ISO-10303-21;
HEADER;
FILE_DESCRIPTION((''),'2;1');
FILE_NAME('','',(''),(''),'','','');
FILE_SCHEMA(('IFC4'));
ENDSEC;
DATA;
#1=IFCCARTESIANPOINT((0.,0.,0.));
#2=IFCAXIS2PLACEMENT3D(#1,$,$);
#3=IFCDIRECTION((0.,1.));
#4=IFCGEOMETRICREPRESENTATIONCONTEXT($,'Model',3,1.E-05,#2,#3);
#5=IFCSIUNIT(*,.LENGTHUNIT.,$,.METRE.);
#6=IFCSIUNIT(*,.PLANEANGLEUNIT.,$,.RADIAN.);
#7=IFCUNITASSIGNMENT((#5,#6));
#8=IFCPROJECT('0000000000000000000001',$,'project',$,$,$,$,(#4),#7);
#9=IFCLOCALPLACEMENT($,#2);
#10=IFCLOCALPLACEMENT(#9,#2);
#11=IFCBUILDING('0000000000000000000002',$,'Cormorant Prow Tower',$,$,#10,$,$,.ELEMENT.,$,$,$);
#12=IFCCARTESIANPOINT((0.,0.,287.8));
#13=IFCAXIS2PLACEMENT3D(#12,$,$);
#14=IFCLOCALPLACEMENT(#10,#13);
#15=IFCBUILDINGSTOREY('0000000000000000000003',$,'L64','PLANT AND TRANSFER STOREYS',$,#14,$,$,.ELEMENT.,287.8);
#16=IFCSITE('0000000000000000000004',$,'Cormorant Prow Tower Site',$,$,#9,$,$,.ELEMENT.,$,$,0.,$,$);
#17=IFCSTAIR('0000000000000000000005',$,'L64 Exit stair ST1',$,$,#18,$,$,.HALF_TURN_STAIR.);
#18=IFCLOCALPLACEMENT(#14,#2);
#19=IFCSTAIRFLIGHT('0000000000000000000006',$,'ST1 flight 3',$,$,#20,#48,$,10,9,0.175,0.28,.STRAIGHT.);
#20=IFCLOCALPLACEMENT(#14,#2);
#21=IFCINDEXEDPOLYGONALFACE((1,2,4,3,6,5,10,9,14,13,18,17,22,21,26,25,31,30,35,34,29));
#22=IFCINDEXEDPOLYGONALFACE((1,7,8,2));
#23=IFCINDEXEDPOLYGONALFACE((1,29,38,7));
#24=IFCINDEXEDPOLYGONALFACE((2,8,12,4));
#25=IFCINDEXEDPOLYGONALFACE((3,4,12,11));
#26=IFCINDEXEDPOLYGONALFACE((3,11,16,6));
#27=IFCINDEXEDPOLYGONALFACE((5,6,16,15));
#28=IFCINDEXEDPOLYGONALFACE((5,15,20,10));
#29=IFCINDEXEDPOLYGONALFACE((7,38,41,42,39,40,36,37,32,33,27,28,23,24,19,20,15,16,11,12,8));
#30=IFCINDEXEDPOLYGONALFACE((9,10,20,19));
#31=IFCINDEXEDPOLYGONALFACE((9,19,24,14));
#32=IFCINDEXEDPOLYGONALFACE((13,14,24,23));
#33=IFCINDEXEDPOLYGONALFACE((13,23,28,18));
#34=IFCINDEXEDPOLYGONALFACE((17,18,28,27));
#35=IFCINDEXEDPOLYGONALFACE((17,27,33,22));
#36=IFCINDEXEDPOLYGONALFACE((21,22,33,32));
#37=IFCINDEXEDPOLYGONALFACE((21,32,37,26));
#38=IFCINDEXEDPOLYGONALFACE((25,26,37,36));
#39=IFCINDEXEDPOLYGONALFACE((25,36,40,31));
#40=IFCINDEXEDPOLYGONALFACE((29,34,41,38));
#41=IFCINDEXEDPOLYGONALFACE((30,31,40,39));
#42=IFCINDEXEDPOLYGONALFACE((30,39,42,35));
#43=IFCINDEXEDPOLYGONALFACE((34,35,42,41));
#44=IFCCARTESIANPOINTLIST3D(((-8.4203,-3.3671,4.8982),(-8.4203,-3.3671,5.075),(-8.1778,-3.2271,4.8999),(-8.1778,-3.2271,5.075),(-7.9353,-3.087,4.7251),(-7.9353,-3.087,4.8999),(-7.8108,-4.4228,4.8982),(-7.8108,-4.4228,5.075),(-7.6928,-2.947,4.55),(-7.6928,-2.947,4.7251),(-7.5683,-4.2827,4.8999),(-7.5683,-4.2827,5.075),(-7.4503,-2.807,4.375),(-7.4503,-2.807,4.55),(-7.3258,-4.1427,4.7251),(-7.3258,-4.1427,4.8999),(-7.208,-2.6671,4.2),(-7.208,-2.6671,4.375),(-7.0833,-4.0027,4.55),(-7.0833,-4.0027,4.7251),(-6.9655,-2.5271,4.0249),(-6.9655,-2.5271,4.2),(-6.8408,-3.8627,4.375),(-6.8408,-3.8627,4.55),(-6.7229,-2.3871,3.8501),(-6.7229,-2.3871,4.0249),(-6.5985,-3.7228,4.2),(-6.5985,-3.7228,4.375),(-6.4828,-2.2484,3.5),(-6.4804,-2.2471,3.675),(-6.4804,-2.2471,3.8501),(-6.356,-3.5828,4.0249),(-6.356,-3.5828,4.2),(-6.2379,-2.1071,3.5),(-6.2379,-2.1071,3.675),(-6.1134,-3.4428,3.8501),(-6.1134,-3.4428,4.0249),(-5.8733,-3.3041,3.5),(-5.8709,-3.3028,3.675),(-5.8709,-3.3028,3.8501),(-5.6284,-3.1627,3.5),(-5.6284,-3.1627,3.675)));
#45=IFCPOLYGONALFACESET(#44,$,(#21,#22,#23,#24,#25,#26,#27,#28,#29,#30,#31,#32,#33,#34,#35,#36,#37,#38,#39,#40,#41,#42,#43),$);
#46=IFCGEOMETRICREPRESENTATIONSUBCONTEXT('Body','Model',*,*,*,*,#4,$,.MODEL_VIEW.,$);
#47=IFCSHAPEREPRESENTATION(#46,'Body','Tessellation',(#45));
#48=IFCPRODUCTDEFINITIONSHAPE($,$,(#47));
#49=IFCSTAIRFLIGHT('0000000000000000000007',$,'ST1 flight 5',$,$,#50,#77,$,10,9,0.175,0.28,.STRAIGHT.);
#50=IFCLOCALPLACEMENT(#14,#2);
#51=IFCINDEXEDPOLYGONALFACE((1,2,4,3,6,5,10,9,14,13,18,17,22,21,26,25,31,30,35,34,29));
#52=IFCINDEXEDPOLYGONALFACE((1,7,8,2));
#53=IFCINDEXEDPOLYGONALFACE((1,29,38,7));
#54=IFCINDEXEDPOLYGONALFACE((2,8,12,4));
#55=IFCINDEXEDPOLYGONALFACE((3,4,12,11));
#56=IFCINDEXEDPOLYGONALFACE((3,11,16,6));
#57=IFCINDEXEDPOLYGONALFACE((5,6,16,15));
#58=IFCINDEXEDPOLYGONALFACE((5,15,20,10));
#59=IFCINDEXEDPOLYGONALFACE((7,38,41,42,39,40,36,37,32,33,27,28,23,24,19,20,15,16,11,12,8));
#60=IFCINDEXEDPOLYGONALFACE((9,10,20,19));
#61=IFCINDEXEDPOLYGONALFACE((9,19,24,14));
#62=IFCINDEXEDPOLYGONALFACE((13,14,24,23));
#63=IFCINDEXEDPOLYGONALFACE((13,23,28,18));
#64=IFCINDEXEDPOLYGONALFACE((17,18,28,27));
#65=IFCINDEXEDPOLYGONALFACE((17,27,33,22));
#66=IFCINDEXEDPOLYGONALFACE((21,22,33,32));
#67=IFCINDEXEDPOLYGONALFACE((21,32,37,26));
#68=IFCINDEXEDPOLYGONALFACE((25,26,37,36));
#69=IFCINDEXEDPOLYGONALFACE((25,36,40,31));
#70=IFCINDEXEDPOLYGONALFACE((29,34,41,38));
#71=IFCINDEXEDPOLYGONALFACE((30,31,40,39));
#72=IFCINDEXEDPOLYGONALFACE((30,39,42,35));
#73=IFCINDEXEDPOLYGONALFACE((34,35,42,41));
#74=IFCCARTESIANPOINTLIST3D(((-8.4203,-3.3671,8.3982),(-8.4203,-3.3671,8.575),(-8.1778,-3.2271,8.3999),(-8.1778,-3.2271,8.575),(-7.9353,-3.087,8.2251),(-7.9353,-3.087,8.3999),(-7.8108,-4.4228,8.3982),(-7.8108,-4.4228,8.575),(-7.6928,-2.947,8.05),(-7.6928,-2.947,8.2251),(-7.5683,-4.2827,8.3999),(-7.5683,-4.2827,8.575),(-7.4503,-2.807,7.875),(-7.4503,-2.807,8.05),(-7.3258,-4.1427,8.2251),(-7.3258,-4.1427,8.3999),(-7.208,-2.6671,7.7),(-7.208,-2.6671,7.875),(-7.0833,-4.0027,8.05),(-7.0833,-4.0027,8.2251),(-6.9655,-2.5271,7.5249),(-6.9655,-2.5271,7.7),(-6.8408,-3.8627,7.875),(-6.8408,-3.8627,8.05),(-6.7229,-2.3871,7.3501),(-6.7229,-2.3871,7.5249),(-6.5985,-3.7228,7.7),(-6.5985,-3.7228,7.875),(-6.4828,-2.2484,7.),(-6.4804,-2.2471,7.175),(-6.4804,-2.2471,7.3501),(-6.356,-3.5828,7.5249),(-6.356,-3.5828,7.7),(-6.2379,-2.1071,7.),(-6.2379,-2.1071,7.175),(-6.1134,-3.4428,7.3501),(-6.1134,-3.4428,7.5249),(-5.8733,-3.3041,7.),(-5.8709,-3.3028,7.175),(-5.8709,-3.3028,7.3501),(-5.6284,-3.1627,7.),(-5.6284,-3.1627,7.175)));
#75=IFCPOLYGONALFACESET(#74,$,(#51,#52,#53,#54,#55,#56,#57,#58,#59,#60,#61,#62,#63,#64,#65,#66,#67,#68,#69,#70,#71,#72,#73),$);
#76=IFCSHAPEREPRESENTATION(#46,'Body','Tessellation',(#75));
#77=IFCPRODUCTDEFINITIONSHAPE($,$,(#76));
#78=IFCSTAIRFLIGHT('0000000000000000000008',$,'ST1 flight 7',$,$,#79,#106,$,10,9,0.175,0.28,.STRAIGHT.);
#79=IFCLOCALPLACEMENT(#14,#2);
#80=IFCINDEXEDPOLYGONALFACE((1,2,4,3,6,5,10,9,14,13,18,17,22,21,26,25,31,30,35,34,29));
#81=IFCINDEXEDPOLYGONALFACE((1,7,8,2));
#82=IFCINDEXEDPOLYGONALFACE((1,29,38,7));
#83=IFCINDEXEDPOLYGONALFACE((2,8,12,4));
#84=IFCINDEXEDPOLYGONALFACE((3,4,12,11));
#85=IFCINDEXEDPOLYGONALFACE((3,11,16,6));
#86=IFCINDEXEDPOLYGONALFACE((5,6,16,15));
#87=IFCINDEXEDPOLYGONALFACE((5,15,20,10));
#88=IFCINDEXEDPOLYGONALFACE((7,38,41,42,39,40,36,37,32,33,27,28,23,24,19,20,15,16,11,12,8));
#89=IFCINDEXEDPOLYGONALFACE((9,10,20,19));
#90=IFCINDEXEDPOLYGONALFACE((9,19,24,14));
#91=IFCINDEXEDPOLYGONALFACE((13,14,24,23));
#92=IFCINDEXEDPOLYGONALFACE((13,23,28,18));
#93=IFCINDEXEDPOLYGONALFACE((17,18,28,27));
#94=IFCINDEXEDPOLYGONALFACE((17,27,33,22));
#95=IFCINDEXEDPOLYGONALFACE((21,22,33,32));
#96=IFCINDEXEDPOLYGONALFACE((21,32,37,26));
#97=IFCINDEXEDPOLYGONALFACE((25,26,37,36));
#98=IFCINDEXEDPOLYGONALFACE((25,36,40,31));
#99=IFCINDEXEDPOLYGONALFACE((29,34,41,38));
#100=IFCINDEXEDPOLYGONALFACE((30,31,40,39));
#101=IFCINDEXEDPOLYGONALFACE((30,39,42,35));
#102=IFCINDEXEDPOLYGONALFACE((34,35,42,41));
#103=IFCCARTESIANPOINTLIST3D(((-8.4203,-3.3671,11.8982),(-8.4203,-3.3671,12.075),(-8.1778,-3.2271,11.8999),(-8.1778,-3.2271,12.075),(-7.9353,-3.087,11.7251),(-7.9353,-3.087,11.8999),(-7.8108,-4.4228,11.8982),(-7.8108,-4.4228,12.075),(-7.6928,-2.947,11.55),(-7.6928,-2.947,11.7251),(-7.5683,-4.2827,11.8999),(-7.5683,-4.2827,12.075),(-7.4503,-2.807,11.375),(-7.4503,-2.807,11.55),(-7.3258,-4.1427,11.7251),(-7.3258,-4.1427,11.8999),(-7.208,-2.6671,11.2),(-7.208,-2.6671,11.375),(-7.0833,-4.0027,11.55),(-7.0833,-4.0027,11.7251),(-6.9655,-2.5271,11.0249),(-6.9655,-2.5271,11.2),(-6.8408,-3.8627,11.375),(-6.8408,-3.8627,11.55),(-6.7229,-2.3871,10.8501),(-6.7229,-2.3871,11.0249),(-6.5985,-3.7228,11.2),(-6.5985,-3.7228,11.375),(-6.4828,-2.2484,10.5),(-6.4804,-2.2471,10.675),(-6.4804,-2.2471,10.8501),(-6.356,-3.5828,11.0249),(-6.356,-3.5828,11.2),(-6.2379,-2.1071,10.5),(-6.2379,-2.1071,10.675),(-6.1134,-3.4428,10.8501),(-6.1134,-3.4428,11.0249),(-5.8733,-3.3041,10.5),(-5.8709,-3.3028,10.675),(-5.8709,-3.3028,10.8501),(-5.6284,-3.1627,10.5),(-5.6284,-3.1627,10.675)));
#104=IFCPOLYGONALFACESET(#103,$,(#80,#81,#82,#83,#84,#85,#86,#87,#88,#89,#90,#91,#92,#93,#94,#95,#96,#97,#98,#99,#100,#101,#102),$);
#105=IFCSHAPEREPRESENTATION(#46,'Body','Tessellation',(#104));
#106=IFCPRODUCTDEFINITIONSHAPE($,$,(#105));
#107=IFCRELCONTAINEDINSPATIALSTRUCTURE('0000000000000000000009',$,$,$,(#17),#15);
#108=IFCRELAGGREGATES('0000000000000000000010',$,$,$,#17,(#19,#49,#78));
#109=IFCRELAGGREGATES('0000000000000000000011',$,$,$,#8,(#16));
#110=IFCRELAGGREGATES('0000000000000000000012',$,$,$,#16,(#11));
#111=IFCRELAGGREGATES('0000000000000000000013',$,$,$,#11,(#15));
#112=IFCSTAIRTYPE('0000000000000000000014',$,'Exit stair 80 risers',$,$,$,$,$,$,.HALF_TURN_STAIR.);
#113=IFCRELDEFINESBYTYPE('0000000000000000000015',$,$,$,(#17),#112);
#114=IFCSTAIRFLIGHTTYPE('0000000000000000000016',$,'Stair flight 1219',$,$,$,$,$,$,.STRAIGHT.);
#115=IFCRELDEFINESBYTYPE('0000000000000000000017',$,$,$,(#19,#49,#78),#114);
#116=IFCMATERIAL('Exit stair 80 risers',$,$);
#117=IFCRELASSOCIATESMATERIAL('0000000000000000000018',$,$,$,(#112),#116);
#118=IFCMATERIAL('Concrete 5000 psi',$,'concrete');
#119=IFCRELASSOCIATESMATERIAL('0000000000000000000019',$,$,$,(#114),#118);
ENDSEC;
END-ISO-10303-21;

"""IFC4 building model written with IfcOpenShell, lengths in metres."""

from ifc_helpers import new_model, si_unit, direction, frame, origin, place, context, subcontext, project, spatial, polyline, outline, extrude, material, type_object, element, aggregate, save


model = new_model("IFC4")

# Units and contexts
model_context = context("Model", 3, precision=1e-05, world=origin(), true_north=direction((0.0, 1.0)))
body_context = subcontext(model_context, "Body", "Model", "MODEL_VIEW")
ifc_project = project(units=[si_unit("LENGTHUNIT", "METRE"), si_unit("PLANEANGLEUNIT", "RADIAN")], contexts=[model_context])

# Site, building, storey
site_placement = place(None, origin())
site = spatial("IfcSite", under=ifc_project, at=site_placement, Name="Cormorant Prow Tower Site", CompositionType="ELEMENT", RefElevation=0.0)
building_placement = place(site_placement, origin())
building = spatial("IfcBuilding", under=site, at=building_placement, Name="Cormorant Prow Tower", CompositionType="ELEMENT")
storey_placement = place(building_placement, frame((0.0, 0.0, 287.8)))
storey = spatial("IfcBuildingStorey", under=building, at=storey_placement, Name="L64", Description="PLANT AND TRANSFER STOREYS", CompositionType="ELEMENT", Elevation=287.8)

# Stair, stair flights
ifc_material_1 = material(Name="Exit stair 80 risers")
stair_type = type_object("IfcStairType", Name="Exit stair 80 risers", PredefinedType="HALF_TURN_STAIR", material=ifc_material_1)
stair_placement = place(storey_placement, origin())
stair = element("IfcStair", 1, at=stair_placement, inside=storey, type_object=stair_type, Name="L64 Exit stair ST1", PredefinedType="HALF_TURN_STAIR")
ifc_material_2 = material(Name="Concrete 5000 psi", Category="concrete")
stair_flight_type = type_object("IfcStairFlightType", Name="Stair flight 1219", PredefinedType="STRAIGHT", material=ifc_material_2)
stair_flight_1_placement = place(storey_placement, frame((-5.9331, -2.635, 3.5), z_axis=(0.0, 0.0, 1.0), x_axis=(-0.866025, -0.5, 0.0)))
stair_flight_1 = element("IfcStairFlight", 2, at=stair_flight_1_placement, type_object=stair_flight_type, Name="ST1 flight 3", NumberOfRisers=10, NumberOfTreads=9, PredefinedType="STRAIGHT", RiserHeight=0.175, TreadLength=0.28, context=body_context, shape_type="SweptSolid", body=[
    extrude(outline(polyline([(0.0, 0.0), (0.0, 0.175), (0.28, 0.175), (0.28, 0.3501), (0.5601, 0.3501), (0.5601, 0.5249), (0.8401, 0.5249), (0.8401, 0.7), (1.1201, 0.7), (1.1201, 0.875), (1.3999, 0.875), (1.3999, 1.05), (1.6799, 1.05), (1.6799, 1.2251), (1.96, 1.2251), (1.96, 1.3999), (2.24, 1.3999), (2.24, 1.575), (2.52, 1.575), (2.52, 1.75), (2.52, 1.3982), (0.2827, 0.0), (0.0, 0.0)])), frame((0.0, 0.6094, 0.0), z_axis=(0.0, -1.0, 0.0), x_axis=(1.0, 0.0, 0.0)), (0.0, 0.0, 1.0), 1.219),
])
stair_flight_2_placement = place(storey_placement, frame((-5.9331, -2.635, 7.0), z_axis=(0.0, 0.0, 1.0), x_axis=(-0.866025, -0.5, 0.0)))
stair_flight_2 = element("IfcStairFlight", 3, at=stair_flight_2_placement, type_object=stair_flight_type, Name="ST1 flight 5", NumberOfRisers=10, NumberOfTreads=9, PredefinedType="STRAIGHT", RiserHeight=0.175, TreadLength=0.28, context=body_context, shape_type="SweptSolid", body=[
    extrude(outline(polyline([(0.0, 0.0), (0.0, 0.175), (0.28, 0.175), (0.28, 0.3501), (0.5601, 0.3501), (0.5601, 0.5249), (0.8401, 0.5249), (0.8401, 0.7), (1.1201, 0.7), (1.1201, 0.875), (1.3999, 0.875), (1.3999, 1.05), (1.6799, 1.05), (1.6799, 1.2251), (1.96, 1.2251), (1.96, 1.3999), (2.24, 1.3999), (2.24, 1.575), (2.52, 1.575), (2.52, 1.75), (2.52, 1.3982), (0.2827, 0.0), (0.0, 0.0)])), frame((0.0, 0.6094, 0.0), z_axis=(0.0, -1.0, 0.0), x_axis=(1.0, 0.0, 0.0)), (0.0, 0.0, 1.0), 1.219),
])
stair_flight_3_placement = place(storey_placement, frame((-5.9331, -2.635, 10.5), z_axis=(0.0, 0.0, 1.0), x_axis=(-0.866025, -0.5, 0.0)))
stair_flight_3 = element("IfcStairFlight", 4, at=stair_flight_3_placement, type_object=stair_flight_type, Name="ST1 flight 7", NumberOfRisers=10, NumberOfTreads=9, PredefinedType="STRAIGHT", RiserHeight=0.175, TreadLength=0.28, context=body_context, shape_type="SweptSolid", body=[
    extrude(outline(polyline([(0.0, 0.0), (0.0, 0.175), (0.28, 0.175), (0.28, 0.3501), (0.5601, 0.3501), (0.5601, 0.5249), (0.8401, 0.5249), (0.8401, 0.7), (1.1201, 0.7), (1.1201, 0.875), (1.3999, 0.875), (1.3999, 1.05), (1.6799, 1.05), (1.6799, 1.2251), (1.96, 1.2251), (1.96, 1.3999), (2.24, 1.3999), (2.24, 1.575), (2.52, 1.575), (2.52, 1.75), (2.52, 1.3982), (0.2827, 0.0), (0.0, 0.0)])), frame((0.0, 0.6094, 0.0), z_axis=(0.0, -1.0, 0.0), x_axis=(1.0, 0.0, 0.0)), (0.0, 0.0, 1.0), 1.219),
])
aggregate(stair, [stair_flight_1, stair_flight_2, stair_flight_3])

save(model, "model.ifc")
